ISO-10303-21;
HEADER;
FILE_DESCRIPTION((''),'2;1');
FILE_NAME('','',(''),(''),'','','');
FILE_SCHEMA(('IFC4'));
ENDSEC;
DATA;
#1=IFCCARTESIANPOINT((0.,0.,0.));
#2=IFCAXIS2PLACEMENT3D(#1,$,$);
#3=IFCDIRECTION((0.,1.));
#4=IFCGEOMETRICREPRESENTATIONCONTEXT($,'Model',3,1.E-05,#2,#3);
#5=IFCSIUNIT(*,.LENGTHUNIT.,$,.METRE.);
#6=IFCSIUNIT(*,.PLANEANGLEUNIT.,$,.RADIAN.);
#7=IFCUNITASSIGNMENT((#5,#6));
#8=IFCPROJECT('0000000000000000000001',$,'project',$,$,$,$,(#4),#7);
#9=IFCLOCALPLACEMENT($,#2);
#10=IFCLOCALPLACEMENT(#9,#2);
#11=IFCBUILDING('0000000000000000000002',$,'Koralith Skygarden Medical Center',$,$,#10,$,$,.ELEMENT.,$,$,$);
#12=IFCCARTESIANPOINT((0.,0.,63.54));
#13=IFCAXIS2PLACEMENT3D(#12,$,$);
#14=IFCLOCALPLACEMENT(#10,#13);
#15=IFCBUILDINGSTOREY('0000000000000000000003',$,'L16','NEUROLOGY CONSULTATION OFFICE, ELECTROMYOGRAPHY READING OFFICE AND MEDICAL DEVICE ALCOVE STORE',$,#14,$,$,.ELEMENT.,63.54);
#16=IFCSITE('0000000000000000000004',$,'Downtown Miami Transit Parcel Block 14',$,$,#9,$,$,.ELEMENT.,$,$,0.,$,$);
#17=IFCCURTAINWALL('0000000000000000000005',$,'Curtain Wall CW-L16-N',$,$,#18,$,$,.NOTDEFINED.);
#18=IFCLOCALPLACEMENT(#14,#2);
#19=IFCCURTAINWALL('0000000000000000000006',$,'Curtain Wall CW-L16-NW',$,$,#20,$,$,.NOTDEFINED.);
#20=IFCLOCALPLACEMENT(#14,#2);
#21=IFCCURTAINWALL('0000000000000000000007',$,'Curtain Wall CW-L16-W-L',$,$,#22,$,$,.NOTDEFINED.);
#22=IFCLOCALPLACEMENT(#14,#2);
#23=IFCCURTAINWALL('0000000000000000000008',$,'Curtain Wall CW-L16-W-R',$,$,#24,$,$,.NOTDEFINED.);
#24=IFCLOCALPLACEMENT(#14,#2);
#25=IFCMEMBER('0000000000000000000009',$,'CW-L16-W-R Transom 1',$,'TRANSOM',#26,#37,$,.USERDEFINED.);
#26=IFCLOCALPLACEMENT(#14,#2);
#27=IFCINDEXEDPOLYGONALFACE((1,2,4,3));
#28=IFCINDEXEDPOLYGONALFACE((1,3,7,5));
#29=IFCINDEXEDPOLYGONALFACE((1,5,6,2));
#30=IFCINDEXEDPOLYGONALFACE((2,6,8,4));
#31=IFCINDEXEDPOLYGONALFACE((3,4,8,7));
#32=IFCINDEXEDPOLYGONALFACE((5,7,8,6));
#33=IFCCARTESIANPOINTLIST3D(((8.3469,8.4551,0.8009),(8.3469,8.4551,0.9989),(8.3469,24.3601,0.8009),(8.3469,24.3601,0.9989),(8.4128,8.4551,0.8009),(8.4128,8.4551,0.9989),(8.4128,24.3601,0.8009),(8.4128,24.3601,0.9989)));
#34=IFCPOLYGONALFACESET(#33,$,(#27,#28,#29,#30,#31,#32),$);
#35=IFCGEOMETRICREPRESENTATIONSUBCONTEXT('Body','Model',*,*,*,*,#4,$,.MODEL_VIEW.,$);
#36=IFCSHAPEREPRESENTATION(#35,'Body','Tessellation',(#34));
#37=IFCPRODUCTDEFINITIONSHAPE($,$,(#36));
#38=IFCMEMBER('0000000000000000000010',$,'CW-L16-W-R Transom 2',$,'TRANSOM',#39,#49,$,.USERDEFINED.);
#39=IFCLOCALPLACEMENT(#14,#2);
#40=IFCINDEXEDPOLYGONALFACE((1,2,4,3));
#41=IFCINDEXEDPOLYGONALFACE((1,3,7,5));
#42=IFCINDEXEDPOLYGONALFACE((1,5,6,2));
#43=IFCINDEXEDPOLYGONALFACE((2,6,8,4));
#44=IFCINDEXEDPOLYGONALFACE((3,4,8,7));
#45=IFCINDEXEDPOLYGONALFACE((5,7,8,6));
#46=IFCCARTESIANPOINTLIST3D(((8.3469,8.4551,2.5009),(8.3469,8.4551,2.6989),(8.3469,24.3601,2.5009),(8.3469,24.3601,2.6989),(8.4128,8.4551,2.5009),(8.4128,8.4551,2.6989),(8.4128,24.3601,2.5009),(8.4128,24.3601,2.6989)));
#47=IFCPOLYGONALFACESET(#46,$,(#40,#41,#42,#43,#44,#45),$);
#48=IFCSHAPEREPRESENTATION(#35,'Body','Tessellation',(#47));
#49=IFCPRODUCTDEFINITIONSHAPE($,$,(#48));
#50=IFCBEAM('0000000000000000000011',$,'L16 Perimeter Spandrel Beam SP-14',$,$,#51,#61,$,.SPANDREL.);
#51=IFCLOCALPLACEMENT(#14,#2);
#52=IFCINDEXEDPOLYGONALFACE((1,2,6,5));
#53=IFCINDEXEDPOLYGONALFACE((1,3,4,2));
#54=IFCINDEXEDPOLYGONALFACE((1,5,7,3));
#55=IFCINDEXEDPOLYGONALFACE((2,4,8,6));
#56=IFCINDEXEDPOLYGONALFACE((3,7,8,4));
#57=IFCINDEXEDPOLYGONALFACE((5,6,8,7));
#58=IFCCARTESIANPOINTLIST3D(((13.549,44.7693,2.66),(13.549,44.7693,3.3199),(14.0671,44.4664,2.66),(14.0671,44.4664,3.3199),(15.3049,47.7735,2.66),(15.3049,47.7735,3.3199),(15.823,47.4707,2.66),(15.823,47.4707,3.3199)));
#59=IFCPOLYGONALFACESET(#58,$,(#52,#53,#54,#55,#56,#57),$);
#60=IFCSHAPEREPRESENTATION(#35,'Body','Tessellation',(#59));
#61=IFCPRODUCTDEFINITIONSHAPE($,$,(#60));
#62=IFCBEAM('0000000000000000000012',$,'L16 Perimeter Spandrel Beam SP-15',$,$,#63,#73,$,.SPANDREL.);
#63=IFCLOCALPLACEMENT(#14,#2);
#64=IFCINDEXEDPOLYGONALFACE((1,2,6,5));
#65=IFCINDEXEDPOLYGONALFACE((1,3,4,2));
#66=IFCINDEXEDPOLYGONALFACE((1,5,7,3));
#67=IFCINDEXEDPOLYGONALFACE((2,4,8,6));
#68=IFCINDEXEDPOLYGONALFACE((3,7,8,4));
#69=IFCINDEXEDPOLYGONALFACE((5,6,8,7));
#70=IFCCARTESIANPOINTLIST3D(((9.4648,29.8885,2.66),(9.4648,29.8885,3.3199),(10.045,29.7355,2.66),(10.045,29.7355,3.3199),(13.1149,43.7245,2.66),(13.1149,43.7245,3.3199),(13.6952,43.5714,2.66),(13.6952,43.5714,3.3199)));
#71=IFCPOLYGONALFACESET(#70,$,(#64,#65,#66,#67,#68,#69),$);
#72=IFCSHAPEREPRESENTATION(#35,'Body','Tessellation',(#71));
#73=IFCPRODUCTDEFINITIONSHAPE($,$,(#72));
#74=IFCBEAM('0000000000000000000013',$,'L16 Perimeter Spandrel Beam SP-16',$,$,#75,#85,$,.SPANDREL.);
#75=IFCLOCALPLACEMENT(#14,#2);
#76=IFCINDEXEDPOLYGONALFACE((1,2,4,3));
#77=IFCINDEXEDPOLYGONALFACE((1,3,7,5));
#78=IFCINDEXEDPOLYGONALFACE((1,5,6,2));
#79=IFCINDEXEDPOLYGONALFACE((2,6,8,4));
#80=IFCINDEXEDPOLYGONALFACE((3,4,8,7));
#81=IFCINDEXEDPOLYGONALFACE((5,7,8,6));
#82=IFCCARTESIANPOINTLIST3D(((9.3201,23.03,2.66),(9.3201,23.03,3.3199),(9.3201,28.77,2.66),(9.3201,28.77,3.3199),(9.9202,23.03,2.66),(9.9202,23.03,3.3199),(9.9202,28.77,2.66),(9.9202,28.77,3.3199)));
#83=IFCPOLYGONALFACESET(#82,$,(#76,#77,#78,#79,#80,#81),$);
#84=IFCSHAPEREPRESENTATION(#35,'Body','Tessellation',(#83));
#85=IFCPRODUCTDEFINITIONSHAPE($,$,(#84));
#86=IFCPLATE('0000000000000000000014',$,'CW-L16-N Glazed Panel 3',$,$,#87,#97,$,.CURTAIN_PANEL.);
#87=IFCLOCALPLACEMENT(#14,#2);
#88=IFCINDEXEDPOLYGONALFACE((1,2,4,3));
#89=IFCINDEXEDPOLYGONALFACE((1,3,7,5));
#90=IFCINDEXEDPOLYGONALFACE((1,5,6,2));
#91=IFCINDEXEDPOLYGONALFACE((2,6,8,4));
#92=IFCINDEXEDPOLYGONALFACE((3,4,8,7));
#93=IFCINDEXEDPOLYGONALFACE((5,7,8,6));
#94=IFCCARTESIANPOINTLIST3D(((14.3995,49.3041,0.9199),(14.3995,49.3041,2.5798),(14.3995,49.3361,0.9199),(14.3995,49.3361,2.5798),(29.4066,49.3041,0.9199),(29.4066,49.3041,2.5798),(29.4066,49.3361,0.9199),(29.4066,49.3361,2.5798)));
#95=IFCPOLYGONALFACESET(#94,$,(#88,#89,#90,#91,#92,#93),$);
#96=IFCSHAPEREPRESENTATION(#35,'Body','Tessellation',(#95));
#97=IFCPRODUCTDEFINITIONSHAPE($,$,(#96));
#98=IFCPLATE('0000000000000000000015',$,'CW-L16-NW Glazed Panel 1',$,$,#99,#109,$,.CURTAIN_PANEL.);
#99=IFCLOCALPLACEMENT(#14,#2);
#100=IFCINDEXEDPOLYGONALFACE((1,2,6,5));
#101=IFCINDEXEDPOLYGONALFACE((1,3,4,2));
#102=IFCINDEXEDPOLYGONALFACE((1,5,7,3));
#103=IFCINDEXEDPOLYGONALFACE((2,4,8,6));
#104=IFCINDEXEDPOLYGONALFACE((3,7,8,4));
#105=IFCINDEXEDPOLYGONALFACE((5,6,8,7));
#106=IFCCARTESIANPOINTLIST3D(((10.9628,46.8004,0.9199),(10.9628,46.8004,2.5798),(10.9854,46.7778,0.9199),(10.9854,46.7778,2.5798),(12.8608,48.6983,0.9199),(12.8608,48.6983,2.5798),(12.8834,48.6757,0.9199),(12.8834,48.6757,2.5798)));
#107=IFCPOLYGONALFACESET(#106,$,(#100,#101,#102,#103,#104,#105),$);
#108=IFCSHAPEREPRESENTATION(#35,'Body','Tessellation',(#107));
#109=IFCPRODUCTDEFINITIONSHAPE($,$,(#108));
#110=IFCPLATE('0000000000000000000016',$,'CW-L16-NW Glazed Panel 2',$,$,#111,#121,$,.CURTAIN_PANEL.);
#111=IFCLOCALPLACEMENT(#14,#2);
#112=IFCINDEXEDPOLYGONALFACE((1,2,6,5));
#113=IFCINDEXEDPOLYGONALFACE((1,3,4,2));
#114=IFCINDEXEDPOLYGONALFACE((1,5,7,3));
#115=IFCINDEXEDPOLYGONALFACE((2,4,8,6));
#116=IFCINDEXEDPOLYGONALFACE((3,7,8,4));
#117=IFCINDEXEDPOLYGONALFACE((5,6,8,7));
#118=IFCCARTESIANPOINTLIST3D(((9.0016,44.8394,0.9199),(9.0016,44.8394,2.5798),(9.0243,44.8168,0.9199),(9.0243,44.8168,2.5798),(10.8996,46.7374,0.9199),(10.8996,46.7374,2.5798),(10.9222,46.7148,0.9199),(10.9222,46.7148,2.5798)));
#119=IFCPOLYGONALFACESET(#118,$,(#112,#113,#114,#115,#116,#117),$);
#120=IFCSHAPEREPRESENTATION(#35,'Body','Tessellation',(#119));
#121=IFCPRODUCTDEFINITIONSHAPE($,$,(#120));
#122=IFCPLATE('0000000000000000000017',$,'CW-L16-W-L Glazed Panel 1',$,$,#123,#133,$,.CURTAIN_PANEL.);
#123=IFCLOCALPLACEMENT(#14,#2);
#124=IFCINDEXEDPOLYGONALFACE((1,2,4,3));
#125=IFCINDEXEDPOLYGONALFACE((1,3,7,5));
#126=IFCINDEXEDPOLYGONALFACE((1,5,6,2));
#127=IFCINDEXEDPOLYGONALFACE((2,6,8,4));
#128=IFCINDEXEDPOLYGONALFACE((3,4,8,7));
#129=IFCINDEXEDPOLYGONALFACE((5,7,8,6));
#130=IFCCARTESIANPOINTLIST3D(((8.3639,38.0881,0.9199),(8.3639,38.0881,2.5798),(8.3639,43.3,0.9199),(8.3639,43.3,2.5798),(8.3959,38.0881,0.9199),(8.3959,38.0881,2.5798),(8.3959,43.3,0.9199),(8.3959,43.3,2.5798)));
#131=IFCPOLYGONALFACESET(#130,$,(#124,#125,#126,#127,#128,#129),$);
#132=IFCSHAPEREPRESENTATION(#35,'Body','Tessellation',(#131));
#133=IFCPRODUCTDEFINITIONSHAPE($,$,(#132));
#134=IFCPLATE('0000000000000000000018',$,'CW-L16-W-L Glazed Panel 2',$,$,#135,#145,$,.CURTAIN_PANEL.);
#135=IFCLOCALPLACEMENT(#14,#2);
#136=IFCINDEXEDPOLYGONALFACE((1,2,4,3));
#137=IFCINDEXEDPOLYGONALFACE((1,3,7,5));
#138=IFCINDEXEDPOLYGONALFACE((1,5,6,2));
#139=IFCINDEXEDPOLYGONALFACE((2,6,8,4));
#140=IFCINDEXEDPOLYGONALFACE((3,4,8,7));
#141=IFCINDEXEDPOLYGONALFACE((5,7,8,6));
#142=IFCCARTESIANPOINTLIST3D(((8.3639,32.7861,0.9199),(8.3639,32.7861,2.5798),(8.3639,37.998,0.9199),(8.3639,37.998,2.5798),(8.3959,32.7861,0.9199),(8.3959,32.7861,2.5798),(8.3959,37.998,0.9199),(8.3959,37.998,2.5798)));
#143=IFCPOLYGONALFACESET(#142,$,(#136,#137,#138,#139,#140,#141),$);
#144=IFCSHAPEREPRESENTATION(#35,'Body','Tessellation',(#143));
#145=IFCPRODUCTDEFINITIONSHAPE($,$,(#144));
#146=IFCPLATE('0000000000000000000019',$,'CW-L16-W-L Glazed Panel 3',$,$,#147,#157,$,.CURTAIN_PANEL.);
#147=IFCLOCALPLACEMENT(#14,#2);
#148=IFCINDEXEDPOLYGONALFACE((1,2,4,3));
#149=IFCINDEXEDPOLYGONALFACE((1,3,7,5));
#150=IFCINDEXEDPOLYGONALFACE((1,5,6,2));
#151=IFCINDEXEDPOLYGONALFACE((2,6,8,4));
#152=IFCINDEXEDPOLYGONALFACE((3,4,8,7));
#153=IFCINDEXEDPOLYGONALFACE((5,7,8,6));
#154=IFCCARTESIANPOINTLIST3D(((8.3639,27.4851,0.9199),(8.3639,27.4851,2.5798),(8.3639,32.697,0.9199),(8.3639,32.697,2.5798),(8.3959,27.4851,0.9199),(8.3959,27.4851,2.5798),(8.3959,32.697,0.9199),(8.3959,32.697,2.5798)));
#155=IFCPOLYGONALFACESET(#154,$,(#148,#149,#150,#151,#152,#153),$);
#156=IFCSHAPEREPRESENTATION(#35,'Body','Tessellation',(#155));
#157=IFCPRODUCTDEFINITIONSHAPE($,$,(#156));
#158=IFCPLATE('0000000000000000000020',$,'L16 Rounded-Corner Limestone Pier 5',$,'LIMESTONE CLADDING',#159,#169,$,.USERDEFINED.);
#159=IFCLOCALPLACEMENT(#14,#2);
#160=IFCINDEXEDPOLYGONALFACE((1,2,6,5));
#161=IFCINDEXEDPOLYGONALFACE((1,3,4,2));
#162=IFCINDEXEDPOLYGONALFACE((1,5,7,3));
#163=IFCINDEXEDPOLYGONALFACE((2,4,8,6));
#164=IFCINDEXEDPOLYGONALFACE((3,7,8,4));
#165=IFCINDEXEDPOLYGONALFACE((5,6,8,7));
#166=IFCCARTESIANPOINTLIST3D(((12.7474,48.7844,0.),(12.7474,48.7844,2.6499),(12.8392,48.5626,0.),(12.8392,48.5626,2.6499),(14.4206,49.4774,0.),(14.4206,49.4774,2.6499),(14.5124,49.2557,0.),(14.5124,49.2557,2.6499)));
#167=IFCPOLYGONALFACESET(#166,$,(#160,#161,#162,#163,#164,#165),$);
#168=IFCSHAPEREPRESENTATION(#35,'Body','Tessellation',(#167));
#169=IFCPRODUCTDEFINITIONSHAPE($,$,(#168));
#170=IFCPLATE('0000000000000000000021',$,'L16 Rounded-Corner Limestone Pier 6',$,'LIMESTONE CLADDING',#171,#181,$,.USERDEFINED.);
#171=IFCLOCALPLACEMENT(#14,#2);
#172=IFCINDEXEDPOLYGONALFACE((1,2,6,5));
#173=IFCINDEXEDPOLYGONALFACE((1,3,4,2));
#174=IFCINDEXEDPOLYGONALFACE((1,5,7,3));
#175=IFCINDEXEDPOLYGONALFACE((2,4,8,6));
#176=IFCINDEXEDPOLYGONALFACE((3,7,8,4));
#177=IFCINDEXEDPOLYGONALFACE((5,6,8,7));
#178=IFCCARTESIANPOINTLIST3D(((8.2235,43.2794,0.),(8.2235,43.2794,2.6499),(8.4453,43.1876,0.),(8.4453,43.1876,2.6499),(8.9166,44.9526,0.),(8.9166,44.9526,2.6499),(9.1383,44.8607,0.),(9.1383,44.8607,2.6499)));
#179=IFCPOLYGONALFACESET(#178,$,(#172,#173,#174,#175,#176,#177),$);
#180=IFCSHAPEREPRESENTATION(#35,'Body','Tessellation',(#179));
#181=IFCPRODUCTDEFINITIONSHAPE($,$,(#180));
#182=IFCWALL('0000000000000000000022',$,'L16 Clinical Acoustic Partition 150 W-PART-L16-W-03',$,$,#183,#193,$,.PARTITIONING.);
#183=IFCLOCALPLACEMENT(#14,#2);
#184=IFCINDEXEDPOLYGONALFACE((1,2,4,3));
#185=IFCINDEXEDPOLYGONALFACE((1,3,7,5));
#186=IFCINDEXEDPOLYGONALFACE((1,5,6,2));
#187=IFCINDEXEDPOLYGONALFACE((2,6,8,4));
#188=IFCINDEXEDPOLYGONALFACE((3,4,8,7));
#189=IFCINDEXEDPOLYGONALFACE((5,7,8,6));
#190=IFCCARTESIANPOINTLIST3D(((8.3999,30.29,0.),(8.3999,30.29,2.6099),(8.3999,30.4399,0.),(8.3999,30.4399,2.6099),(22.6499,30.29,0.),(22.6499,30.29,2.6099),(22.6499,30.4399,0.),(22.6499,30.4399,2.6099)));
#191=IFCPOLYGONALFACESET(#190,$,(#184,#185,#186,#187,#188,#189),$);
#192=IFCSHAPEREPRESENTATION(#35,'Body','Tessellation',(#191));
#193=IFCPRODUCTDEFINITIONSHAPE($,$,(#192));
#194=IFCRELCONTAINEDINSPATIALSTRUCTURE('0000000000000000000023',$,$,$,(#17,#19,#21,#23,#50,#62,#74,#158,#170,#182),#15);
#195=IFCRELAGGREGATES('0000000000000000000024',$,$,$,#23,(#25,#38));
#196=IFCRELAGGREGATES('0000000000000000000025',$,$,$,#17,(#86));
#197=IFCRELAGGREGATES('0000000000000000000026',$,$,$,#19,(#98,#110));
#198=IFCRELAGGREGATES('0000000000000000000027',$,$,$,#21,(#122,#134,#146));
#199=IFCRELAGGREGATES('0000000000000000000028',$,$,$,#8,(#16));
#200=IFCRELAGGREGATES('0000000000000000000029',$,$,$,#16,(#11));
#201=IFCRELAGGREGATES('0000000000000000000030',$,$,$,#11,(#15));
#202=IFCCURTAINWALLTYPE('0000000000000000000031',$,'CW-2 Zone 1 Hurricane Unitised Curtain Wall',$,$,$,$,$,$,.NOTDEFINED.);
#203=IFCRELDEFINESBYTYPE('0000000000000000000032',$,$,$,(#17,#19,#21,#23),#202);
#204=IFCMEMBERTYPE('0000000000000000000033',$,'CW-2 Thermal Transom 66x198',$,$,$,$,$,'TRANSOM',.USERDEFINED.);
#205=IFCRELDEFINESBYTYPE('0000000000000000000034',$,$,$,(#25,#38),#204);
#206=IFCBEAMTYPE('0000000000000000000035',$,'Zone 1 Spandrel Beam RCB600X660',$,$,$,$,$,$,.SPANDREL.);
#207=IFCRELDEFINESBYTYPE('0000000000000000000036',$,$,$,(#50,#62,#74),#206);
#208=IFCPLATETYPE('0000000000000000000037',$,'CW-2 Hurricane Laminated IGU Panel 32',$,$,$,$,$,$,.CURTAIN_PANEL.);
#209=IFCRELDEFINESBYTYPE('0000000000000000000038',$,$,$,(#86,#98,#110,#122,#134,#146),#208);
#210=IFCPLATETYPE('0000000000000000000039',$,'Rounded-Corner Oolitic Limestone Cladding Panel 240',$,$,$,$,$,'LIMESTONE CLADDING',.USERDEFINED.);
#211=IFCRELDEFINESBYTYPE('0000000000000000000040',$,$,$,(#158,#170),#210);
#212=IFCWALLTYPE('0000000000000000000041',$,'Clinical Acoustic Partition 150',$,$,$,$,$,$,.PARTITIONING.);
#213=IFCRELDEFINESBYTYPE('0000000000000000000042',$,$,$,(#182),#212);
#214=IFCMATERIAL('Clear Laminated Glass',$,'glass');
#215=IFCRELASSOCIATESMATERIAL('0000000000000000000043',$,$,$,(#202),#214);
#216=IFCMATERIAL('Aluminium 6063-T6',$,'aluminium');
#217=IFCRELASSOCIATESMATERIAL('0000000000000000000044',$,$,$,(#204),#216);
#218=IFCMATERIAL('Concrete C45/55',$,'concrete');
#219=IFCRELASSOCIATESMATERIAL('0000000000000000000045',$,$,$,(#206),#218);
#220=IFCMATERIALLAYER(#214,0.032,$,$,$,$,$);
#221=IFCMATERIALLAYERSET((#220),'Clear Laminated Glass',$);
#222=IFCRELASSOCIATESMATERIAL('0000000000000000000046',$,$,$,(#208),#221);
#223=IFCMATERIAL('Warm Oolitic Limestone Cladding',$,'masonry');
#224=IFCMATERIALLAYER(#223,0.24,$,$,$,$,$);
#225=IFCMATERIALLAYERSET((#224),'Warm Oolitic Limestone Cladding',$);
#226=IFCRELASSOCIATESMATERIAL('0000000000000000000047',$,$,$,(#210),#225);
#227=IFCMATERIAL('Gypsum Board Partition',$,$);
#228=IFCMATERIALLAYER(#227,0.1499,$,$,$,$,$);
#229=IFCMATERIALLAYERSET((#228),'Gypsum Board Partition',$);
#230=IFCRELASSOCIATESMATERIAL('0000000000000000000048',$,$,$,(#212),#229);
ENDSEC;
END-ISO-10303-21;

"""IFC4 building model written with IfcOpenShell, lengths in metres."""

from ifc_helpers import new_model, si_unit, direction, frame, frame_2d, origin, origin_2d, place, context, subcontext, project, spatial, rectangle, extrude, material, layer, layer_set, material_profile, profile_set, type_object, element, aggregate, save


model = new_model("IFC4")

# Units and contexts
model_context = context("Model", 3, precision=1e-05, world=origin(), true_north=direction((0.0, 1.0)))
body_context = subcontext(model_context, "Body", "Model", "MODEL_VIEW")
ifc_project = project(units=[si_unit("LENGTHUNIT", "METRE"), si_unit("PLANEANGLEUNIT", "RADIAN")], contexts=[model_context])

# Site, building, storey
site_placement = place(None, origin())
site = spatial("IfcSite", under=ifc_project, at=site_placement, Name="Downtown Miami Transit Parcel Block 14", CompositionType="ELEMENT", RefElevation=0.0)
building_placement = place(site_placement, origin())
building = spatial("IfcBuilding", under=site, at=building_placement, Name="Koralith Skygarden Medical Center", CompositionType="ELEMENT")
storey_placement = place(building_placement, frame((0.0, 0.0, 63.54)))
storey = spatial("IfcBuildingStorey", under=building, at=storey_placement, Name="L16", Description="NEUROLOGY CONSULTATION OFFICE, ELECTROMYOGRAPHY READING OFFICE AND MEDICAL DEVICE ALCOVE STORE", CompositionType="ELEMENT", Elevation=63.54)

# Curtain wall
ifc_material_1 = material(Name="Clear Laminated Glass", Category="glass")
curtain_wall_type = type_object("IfcCurtainWallType", Name="CW-2 Zone 1 Hurricane Unitised Curtain Wall", PredefinedType="NOTDEFINED", material=ifc_material_1)
curtain_wall_1_placement = place(storey_placement, origin())
curtain_wall_1 = element("IfcCurtainWall", 1, at=curtain_wall_1_placement, inside=storey, type_object=curtain_wall_type, Name="Curtain Wall CW-L16-N", PredefinedType="NOTDEFINED")
ifc_material_2 = material(Name="Aluminium 6063-T6", Category="aluminium")

# Curtain walls
curtain_wall_2_placement = place(storey_placement, origin())
curtain_wall_2 = element("IfcCurtainWall", 2, at=curtain_wall_2_placement, inside=storey, type_object=curtain_wall_type, Name="Curtain Wall CW-L16-NW", PredefinedType="NOTDEFINED")
curtain_wall_3_placement = place(storey_placement, origin())
curtain_wall_3 = element("IfcCurtainWall", 3, at=curtain_wall_3_placement, inside=storey, type_object=curtain_wall_type, Name="Curtain Wall CW-L16-W-L", PredefinedType="NOTDEFINED")

# Shared definitions
ifc_material_profile_1 = material_profile(ifc_material_2, rectangle(XDim=0.0659, YDim=0.198, at=origin_2d()), Name="TRN66X198")
ifc_profile_set_1 = profile_set([ifc_material_profile_1], Name="Aluminium 6063-T6")
member_type_1 = type_object("IfcMemberType", Name="CW-2 Thermal Transom 66x198", ElementType="TRANSOM", PredefinedType="USERDEFINED", material=ifc_profile_set_1)

# Curtain wall, members
curtain_wall_4_placement = place(storey_placement, origin())
curtain_wall_4 = element("IfcCurtainWall", 4, at=curtain_wall_4_placement, inside=storey, type_object=curtain_wall_type, Name="Curtain Wall CW-L16-W-R", PredefinedType="NOTDEFINED")
member_1_placement = place(storey_placement, frame((8.3799, 24.3601, 0.8999), z_axis=(0.0, -1.0, 0.0), x_axis=(1.0, 0.0, 0.0)))
member_1 = element("IfcMember", 5, at=member_1_placement, type_object=member_type_1, Name="CW-L16-W-R Transom 1", ObjectType="TRANSOM", PredefinedType="USERDEFINED", context=body_context, shape_type="SweptSolid", body=[
    extrude(rectangle(XDim=0.0659, YDim=0.198, at=origin_2d()), origin(), (0.0, 0.0, 1.0), 15.905),
])
member_2_placement = place(storey_placement, frame((8.3799, 24.3601, 2.5999), z_axis=(0.0, -1.0, 0.0), x_axis=(1.0, 0.0, 0.0)))
member_2 = element("IfcMember", 6, at=member_2_placement, type_object=member_type_1, Name="CW-L16-W-R Transom 2", ObjectType="TRANSOM", PredefinedType="USERDEFINED", context=body_context, shape_type="SweptSolid", body=[
    extrude(rectangle(XDim=0.0659, YDim=0.198, at=origin_2d()), origin(), (0.0, 0.0, 1.0), 15.905),
])
aggregate(curtain_wall_4, [member_1, member_2])

# Beams
ifc_material_3 = material(Name="Concrete C45/55", Category="concrete")
ifc_material_profile_2 = material_profile(ifc_material_3, rectangle(XDim=0.6001, YDim=0.6599, at=origin_2d()), Name="RCB600X660")
ifc_profile_set_2 = profile_set([ifc_material_profile_2], Name="Concrete C45/55")
beam_type = type_object("IfcBeamType", Name="Zone 1 Spandrel Beam RCB600X660", PredefinedType="SPANDREL", material=ifc_profile_set_2)
beam_1_placement = place(storey_placement, frame((15.564, 47.6221, 2.99), z_axis=(-0.504608, -0.863349, 0.0), x_axis=(0.863349, -0.504608, 0.0)))
element("IfcBeam", 7, at=beam_1_placement, inside=storey, type_object=beam_type, Name="L16 Perimeter Spandrel Beam SP-14", PredefinedType="SPANDREL", context=body_context, shape_type="SweptSolid", body=[
    extrude(rectangle(XDim=0.6001, YDim=0.6599, at=origin_2d()), origin(), (0.0, 0.0, 1.0), 3.4797),
])
beam_2_placement = place(storey_placement, frame((13.405, 43.6479, 2.99), z_axis=(-0.255089, -0.966918, 0.0), x_axis=(0.966918, -0.255089, 0.0)))
element("IfcBeam", 8, at=beam_2_placement, inside=storey, type_object=beam_type, Name="L16 Perimeter Spandrel Beam SP-15", PredefinedType="SPANDREL", context=body_context, shape_type="SweptSolid", body=[
    extrude(rectangle(XDim=0.6001, YDim=0.6599, at=origin_2d()), origin(), (0.0, 0.0, 1.0), 14.3093),
])
beam_3_placement = place(storey_placement, frame((9.6201, 28.77, 2.99), z_axis=(0.0, -1.0, 0.0), x_axis=(1.0, 0.0, 0.0)))
element("IfcBeam", 9, at=beam_3_placement, inside=storey, type_object=beam_type, Name="L16 Perimeter Spandrel Beam SP-16", PredefinedType="SPANDREL", context=body_context, shape_type="SweptSolid", body=[
    extrude(rectangle(XDim=0.6001, YDim=0.6599, at=origin_2d()), origin(), (0.0, 0.0, 1.0), 5.74),
])

# Plates
ifc_layer_1 = layer(ifc_material_1, 0.032)
ifc_layer_set_1 = layer_set([ifc_layer_1], Name="Clear Laminated Glass")
plate_type_1 = type_object("IfcPlateType", Name="CW-2 Hurricane Laminated IGU Panel 32", PredefinedType="CURTAIN_PANEL", material=ifc_layer_set_1)
plate_1_placement = place(storey_placement, frame((21.9031, 49.3201, 0.9199), z_axis=(0.0, 0.0, 1.0), x_axis=(-1.0, 0.0, 0.0)))
plate_1 = element("IfcPlate", 10, at=plate_1_placement, type_object=plate_type_1, Name="CW-L16-N Glazed Panel 3", PredefinedType="CURTAIN_PANEL", context=body_context, shape_type="SweptSolid", body=[
    extrude(rectangle(XDim=15.0071, YDim=0.032, at=origin_2d()), origin(), (0.0, 0.0, 1.0), 1.6599),
])
aggregate(curtain_wall_1, [plate_1])
plate_2_placement = place(storey_placement, frame((11.9231, 47.738, 0.9199), z_axis=(0.0, 0.0, 1.0), x_axis=(-0.707107, -0.707107, 0.0)))
plate_2 = element("IfcPlate", 11, at=plate_2_placement, type_object=plate_type_1, Name="CW-L16-NW Glazed Panel 1", PredefinedType="CURTAIN_PANEL", context=body_context, shape_type="SweptSolid", body=[
    extrude(rectangle(XDim=2.6841, YDim=0.032, at=origin_2d()), origin(), (0.0, 0.0, 1.0), 1.6599),
])
plate_3_placement = place(storey_placement, frame((9.9619, 45.7771, 0.9199), z_axis=(0.0, 0.0, 1.0), x_axis=(-0.707107, -0.707107, 0.0)))
plate_3 = element("IfcPlate", 12, at=plate_3_placement, type_object=plate_type_1, Name="CW-L16-NW Glazed Panel 2", PredefinedType="CURTAIN_PANEL", context=body_context, shape_type="SweptSolid", body=[
    extrude(rectangle(XDim=2.6841, YDim=0.032, at=origin_2d()), origin(), (0.0, 0.0, 1.0), 1.6599),
])
aggregate(curtain_wall_2, [plate_2, plate_3])
plate_4_placement = place(storey_placement, frame((8.3799, 40.6941, 0.9199), z_axis=(0.0, 0.0, 1.0), x_axis=(0.0, -1.0, 0.0)))
plate_4 = element("IfcPlate", 13, at=plate_4_placement, type_object=plate_type_1, Name="CW-L16-W-L Glazed Panel 1", PredefinedType="CURTAIN_PANEL", context=body_context, shape_type="SweptSolid", body=[
    extrude(rectangle(XDim=5.2119, YDim=0.032, at=origin_2d()), origin(), (0.0, 0.0, 1.0), 1.6599),
])
plate_5_placement = place(storey_placement, frame((8.3799, 35.3921, 0.9199), z_axis=(0.0, 0.0, 1.0), x_axis=(0.0, -1.0, 0.0)))
plate_5 = element("IfcPlate", 14, at=plate_5_placement, type_object=plate_type_1, Name="CW-L16-W-L Glazed Panel 2", PredefinedType="CURTAIN_PANEL", context=body_context, shape_type="SweptSolid", body=[
    extrude(rectangle(XDim=5.2119, YDim=0.032, at=origin_2d()), origin(), (0.0, 0.0, 1.0), 1.6599),
])
plate_6_placement = place(storey_placement, frame((8.3799, 30.0911, 0.9199), z_axis=(0.0, 0.0, 1.0), x_axis=(0.0, -1.0, 0.0)))
plate_6 = element("IfcPlate", 15, at=plate_6_placement, type_object=plate_type_1, Name="CW-L16-W-L Glazed Panel 3", PredefinedType="CURTAIN_PANEL", context=body_context, shape_type="SweptSolid", body=[
    extrude(rectangle(XDim=5.2119, YDim=0.032, at=origin_2d()), origin(), (0.0, 0.0, 1.0), 1.6599),
])
aggregate(curtain_wall_3, [plate_4, plate_5, plate_6])

# Plates
ifc_material_4 = material(Name="Warm Oolitic Limestone Cladding", Category="masonry")
ifc_layer_2 = layer(ifc_material_4, 0.24)
ifc_layer_set_2 = layer_set([ifc_layer_2], Name="Warm Oolitic Limestone Cladding")
plate_type_2 = type_object("IfcPlateType", Name="Rounded-Corner Oolitic Limestone Cladding Panel 240", ElementType="LIMESTONE CLADDING", PredefinedType="USERDEFINED", material=ifc_layer_set_2)
for number, where, z_axis, x_axis, name in (
    (16, (13.6299, 49.02, 0.0), (0.0, 0.0, 1.0), (-0.923885, -0.382671, 0.0), "L16 Rounded-Corner Limestone Pier 5"),
    (17, (8.6809, 44.0701, 0.0), (0.0, 0.0, 1.0), (-0.382671, -0.923885, 0.0), "L16 Rounded-Corner Limestone Pier 6"),
):
    element("IfcPlate", number, at=place(storey_placement, frame(where, z_axis=z_axis, x_axis=x_axis)), inside=storey, type_object=plate_type_2, Name=name, ObjectType="LIMESTONE CLADDING", PredefinedType="USERDEFINED", context=body_context, shape_type="SweptSolid", body=[
        extrude(rectangle(XDim=1.811, YDim=0.24, at=origin_2d()), origin(), (0.0, 0.0, 1.0), 2.6499),
    ])

# Wall
ifc_material_5 = material(Name="Gypsum Board Partition")
ifc_layer_3 = layer(ifc_material_5, 0.1499)
ifc_layer_set_3 = layer_set([ifc_layer_3], Name="Gypsum Board Partition")
wall_type_1 = type_object("IfcWallType", Name="Clinical Acoustic Partition 150", PredefinedType="PARTITIONING", material=ifc_layer_set_3)
wall_1_placement = place(storey_placement, frame((22.6499, 30.365, 0.0), z_axis=(0.0, 0.0, 1.0), x_axis=(-1.0, 0.0, 0.0)))
element("IfcWall", 18, at=wall_1_placement, inside=storey, type_object=wall_type_1, Name="L16 Clinical Acoustic Partition 150 W-PART-L16-W-03", PredefinedType="PARTITIONING", context=body_context, shape_type="SweptSolid", body=[
    extrude(rectangle(XDim=14.25, YDim=0.1499, at=frame_2d((7.125, 0.0))), origin(), (0.0, 0.0, 1.0), 2.6099),
])

save(model, "model.ifc")
